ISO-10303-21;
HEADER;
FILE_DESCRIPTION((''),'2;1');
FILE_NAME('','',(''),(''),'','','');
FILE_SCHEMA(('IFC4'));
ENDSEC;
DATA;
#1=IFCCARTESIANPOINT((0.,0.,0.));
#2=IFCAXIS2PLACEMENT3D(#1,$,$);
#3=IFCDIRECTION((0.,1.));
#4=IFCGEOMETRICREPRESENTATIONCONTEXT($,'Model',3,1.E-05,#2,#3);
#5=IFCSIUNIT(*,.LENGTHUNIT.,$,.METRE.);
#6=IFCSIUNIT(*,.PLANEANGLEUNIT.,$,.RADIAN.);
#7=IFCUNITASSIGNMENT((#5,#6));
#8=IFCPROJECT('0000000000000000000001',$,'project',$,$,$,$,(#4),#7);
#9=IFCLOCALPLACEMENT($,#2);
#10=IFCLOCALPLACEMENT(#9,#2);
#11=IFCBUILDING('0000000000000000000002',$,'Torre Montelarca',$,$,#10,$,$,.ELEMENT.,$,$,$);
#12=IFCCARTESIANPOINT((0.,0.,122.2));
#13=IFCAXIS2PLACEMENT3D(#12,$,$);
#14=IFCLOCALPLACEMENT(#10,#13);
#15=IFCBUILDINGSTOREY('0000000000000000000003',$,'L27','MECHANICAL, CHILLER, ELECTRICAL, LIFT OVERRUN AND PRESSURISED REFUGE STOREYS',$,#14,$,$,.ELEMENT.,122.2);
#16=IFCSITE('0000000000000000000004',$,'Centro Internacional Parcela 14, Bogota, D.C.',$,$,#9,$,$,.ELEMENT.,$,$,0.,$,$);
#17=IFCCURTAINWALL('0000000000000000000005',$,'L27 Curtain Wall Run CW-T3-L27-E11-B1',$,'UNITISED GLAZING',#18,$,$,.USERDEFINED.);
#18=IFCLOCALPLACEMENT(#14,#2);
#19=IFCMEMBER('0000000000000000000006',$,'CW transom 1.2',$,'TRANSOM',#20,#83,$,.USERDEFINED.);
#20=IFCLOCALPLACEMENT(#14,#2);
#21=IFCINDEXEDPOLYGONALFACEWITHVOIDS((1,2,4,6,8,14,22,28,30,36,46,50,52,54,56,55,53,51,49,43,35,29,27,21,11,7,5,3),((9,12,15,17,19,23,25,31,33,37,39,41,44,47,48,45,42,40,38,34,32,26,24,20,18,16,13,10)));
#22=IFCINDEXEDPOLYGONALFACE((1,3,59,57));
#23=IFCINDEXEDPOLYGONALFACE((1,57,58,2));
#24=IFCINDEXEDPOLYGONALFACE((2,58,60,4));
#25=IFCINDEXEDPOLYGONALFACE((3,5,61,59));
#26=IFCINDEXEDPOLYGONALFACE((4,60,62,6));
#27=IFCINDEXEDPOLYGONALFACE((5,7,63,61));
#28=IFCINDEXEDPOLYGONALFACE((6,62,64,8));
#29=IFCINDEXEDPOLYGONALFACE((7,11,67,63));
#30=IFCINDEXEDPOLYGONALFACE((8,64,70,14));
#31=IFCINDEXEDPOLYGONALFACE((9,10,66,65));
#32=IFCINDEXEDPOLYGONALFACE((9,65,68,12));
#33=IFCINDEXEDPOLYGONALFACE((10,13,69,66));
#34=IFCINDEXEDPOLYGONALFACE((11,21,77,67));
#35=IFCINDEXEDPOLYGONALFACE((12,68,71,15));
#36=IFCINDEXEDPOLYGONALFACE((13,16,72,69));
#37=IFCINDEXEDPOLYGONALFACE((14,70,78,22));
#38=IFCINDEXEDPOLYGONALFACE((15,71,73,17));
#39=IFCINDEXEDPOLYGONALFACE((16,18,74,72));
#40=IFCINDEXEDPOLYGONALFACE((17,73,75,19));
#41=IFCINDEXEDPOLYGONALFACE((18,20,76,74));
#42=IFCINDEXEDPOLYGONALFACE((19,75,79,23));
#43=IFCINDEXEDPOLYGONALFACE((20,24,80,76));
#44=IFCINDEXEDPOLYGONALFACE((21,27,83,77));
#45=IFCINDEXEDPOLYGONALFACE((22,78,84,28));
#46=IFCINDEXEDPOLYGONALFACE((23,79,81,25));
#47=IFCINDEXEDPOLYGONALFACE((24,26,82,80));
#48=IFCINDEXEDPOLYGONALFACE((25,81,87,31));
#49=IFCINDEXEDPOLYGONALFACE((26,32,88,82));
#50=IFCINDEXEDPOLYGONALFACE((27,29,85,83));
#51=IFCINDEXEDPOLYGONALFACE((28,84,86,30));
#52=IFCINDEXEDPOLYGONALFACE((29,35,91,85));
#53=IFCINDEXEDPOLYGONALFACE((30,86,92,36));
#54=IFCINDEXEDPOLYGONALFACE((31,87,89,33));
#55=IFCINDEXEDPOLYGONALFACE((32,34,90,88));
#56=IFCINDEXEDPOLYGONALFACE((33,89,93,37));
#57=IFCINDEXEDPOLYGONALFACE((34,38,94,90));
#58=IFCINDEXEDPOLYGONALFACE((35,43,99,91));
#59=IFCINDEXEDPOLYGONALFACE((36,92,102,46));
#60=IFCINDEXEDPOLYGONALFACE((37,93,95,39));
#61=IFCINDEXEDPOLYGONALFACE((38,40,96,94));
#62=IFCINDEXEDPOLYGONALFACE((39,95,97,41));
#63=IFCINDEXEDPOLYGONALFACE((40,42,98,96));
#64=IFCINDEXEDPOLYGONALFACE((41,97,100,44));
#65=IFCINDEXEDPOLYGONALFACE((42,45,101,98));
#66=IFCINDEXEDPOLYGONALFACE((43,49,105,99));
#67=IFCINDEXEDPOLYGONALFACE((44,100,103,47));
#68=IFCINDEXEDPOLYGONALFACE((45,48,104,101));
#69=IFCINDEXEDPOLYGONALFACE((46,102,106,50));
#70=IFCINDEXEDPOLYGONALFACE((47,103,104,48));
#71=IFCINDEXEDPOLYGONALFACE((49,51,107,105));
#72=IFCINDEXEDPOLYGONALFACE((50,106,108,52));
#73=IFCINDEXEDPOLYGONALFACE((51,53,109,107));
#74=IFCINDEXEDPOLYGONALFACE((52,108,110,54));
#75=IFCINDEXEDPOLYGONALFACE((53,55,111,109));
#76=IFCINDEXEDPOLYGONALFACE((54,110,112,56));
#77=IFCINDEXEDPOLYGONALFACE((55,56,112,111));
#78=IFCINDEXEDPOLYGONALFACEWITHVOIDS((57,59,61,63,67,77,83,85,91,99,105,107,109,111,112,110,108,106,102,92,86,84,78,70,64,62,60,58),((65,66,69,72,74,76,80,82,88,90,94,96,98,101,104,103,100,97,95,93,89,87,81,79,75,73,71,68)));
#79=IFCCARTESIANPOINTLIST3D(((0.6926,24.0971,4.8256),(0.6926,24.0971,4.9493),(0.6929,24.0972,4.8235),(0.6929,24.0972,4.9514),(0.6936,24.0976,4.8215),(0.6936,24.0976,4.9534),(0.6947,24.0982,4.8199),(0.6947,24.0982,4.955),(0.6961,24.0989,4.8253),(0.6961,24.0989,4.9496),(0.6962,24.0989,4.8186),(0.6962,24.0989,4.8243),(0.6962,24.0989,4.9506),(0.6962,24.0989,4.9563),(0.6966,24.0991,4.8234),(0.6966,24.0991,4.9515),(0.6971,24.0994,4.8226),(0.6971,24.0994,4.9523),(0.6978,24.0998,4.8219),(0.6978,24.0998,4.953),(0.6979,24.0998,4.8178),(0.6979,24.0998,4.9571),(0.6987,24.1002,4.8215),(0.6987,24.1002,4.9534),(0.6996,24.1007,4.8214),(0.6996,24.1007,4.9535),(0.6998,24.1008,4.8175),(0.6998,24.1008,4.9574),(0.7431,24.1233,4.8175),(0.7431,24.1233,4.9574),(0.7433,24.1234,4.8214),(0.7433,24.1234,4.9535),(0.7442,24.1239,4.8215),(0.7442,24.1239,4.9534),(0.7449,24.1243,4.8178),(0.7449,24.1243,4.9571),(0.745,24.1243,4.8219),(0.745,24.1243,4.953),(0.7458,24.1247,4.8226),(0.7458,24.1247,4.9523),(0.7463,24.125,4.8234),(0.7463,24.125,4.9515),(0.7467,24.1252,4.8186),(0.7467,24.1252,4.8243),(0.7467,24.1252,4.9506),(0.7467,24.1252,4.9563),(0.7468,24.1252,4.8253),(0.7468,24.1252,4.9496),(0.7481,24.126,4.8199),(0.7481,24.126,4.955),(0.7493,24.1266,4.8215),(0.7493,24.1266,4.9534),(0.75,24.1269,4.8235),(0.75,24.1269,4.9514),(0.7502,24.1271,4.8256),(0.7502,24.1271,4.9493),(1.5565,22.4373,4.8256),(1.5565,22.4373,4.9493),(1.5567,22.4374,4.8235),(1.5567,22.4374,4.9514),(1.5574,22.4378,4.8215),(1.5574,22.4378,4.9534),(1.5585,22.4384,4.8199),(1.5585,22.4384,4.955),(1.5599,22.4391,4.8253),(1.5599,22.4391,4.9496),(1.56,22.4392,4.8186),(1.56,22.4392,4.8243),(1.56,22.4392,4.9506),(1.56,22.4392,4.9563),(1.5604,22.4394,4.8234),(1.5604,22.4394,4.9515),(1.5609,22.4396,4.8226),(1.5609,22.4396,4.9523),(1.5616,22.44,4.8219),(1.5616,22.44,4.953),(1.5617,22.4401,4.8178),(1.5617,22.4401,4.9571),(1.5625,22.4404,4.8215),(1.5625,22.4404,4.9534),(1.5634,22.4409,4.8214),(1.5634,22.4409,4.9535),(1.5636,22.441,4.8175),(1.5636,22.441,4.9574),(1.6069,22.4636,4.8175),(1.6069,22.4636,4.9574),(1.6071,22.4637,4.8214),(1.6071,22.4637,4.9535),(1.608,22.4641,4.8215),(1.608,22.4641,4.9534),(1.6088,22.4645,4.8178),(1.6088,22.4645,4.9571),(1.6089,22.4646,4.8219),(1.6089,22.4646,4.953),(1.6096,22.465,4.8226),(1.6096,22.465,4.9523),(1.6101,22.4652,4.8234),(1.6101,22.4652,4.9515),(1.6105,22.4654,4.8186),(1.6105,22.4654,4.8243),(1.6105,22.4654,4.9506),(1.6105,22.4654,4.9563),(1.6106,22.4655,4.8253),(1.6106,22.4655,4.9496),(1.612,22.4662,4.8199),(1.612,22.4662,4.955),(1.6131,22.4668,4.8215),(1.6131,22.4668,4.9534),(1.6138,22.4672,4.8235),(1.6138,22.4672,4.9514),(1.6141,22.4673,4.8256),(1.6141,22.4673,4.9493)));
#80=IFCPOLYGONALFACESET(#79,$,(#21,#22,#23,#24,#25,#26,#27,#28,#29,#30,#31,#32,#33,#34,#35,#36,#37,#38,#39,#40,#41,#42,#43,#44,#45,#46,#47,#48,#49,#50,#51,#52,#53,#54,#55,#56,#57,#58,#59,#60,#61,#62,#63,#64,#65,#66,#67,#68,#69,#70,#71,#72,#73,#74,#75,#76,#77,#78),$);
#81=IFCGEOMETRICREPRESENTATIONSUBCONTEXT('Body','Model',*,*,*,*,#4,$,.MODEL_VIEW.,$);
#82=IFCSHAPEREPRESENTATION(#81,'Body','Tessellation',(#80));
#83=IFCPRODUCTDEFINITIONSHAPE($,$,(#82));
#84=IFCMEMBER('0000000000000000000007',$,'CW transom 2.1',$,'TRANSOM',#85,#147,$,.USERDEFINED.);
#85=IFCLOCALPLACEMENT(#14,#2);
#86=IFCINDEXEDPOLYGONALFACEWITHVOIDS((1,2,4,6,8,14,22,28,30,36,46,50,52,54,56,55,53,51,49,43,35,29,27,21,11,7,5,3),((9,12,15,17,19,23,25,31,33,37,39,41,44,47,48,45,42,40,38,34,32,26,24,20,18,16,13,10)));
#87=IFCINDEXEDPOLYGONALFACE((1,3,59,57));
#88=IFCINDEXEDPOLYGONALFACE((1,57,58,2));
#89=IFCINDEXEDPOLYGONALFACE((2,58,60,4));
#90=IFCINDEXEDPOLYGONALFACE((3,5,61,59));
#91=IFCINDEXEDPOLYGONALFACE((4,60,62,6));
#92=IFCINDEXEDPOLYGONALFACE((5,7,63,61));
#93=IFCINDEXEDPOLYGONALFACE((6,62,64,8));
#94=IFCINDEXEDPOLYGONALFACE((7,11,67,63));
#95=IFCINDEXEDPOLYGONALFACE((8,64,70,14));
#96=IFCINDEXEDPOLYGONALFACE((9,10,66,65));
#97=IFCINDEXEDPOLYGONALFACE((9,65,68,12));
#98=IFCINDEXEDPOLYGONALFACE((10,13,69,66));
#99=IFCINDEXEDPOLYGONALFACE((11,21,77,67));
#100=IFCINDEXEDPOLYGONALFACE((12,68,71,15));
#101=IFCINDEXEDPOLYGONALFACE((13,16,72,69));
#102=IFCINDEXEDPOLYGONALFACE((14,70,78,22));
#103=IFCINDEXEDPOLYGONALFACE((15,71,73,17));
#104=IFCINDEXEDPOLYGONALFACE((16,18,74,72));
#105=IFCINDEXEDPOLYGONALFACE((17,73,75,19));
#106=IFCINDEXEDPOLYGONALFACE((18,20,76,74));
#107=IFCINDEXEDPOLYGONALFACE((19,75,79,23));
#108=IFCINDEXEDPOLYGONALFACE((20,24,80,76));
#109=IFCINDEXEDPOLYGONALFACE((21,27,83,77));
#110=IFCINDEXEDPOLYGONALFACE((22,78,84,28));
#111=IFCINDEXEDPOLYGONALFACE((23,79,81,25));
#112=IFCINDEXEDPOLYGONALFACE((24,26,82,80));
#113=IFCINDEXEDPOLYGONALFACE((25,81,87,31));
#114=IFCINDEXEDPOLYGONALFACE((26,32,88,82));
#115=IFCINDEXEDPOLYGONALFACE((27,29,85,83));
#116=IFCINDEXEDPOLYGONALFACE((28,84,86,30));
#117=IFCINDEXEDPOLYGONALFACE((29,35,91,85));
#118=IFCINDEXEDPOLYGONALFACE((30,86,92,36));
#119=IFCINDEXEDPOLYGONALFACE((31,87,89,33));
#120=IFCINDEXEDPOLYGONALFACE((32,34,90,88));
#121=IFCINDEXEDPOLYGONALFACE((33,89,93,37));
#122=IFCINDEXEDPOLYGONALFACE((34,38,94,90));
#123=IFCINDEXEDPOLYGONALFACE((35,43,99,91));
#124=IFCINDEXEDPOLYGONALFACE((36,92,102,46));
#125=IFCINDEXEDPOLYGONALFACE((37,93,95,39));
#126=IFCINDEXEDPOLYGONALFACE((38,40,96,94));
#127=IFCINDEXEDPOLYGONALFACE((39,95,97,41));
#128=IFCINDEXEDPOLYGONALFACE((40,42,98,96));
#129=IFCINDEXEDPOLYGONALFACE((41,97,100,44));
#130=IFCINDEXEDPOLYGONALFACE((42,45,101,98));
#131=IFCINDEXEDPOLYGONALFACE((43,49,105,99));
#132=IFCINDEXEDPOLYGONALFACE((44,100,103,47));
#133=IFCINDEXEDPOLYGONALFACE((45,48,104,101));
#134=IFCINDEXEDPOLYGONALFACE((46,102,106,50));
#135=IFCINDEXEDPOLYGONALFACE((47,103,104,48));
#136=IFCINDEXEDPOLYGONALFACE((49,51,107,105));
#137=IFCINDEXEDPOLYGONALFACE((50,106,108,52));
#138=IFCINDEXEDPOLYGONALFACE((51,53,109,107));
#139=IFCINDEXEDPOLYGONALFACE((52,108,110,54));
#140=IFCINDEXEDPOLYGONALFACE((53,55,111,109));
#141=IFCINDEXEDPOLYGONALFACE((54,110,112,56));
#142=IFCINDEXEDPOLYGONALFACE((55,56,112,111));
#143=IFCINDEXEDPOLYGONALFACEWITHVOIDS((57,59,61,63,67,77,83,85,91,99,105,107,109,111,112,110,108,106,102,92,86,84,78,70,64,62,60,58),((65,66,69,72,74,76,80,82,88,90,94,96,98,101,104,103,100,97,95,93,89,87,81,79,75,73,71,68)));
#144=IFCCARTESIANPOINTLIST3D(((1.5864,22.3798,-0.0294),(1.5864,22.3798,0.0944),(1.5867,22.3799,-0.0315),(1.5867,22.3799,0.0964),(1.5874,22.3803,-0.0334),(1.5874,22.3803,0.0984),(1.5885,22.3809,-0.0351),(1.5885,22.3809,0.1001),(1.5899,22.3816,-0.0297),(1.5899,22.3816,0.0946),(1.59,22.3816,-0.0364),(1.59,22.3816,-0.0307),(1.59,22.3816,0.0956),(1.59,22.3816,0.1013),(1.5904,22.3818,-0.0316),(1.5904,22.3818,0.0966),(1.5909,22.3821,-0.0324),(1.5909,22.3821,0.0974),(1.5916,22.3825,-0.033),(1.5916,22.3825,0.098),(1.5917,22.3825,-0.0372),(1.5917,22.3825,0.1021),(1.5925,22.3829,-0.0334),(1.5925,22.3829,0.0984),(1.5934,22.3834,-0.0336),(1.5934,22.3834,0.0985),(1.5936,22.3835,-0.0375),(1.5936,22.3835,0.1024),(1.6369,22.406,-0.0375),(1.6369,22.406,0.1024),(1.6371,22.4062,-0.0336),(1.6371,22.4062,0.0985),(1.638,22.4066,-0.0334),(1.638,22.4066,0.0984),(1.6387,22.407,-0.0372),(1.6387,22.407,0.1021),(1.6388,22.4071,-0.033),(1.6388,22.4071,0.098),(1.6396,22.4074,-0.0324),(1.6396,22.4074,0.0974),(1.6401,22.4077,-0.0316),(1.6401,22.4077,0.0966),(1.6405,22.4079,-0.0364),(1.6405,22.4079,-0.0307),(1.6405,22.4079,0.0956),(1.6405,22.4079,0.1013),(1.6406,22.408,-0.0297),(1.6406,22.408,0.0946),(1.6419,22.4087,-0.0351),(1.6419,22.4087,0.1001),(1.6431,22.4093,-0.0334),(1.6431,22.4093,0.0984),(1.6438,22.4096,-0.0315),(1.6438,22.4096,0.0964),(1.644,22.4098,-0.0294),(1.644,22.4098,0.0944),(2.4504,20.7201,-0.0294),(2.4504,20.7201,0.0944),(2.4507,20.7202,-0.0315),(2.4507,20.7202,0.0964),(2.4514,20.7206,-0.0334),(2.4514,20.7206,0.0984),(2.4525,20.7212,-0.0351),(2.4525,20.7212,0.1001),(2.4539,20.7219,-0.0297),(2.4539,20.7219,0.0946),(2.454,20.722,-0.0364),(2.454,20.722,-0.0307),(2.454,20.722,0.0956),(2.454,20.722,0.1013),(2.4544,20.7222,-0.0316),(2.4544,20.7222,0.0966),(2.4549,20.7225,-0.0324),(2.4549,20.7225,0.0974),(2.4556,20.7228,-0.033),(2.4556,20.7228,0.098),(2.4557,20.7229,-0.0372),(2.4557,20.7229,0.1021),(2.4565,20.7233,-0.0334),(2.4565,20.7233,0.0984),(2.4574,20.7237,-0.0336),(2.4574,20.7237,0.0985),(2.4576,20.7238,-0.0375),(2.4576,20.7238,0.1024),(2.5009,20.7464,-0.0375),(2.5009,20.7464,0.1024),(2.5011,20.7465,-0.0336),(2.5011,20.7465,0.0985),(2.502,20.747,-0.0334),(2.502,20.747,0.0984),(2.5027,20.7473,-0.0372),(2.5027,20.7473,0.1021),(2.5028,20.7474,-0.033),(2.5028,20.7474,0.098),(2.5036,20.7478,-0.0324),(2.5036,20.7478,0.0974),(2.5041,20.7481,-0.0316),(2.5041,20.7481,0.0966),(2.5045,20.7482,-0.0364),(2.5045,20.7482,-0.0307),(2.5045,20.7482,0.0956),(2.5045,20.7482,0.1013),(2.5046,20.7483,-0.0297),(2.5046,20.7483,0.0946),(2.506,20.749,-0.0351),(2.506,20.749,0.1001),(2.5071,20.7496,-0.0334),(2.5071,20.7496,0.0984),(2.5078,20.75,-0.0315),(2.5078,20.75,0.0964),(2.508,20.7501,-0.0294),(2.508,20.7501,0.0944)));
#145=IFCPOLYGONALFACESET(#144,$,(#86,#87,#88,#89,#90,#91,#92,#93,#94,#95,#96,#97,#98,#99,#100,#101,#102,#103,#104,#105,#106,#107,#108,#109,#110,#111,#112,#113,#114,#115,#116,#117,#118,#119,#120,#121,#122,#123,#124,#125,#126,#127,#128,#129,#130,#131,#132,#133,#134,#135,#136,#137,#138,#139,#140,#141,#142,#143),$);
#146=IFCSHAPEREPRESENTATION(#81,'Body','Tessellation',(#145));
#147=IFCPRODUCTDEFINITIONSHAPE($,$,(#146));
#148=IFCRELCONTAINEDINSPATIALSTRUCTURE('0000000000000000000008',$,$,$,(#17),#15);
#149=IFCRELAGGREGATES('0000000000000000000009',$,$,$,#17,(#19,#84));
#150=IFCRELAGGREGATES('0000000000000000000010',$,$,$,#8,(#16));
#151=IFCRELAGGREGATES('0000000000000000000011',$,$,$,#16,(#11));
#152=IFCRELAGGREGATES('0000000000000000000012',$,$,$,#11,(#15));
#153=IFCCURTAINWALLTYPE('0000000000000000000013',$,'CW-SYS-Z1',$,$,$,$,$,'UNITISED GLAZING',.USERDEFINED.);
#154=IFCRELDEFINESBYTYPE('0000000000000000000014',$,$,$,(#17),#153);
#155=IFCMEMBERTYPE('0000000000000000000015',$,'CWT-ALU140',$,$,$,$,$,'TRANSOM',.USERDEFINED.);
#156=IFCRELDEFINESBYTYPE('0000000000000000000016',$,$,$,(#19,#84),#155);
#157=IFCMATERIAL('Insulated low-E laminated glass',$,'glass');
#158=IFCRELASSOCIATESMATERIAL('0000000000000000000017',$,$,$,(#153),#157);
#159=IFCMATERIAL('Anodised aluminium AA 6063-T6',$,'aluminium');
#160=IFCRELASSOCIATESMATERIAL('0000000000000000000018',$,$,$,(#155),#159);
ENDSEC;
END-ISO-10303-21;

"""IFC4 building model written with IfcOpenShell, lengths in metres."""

from ifc_helpers import new_model, si_unit, direction, frame, origin, origin_2d, place, context, subcontext, project, spatial, hollow_rectangle, extrude, source, transform, mapped, material, material_profile, profile_set, type_object, element, aggregate, save


model = new_model("IFC4")

# Units and contexts
model_context = context("Model", 3, precision=1e-05, world=origin(), true_north=direction((0.0, 1.0)))
body_context = subcontext(model_context, "Body", "Model", "MODEL_VIEW")
ifc_project = project(units=[si_unit("LENGTHUNIT", "METRE"), si_unit("PLANEANGLEUNIT", "RADIAN")], contexts=[model_context])

# Site, building, storey
site_placement = place(None, origin())
site = spatial("IfcSite", under=ifc_project, at=site_placement, Name="Centro Internacional Parcela 14, Bogota, D.C.", CompositionType="ELEMENT", RefElevation=0.0)
building_placement = place(site_placement, origin())
building = spatial("IfcBuilding", under=site, at=building_placement, Name="Torre Montelarca", CompositionType="ELEMENT")
storey_placement = place(building_placement, frame((0.0, 0.0, 122.2)))
storey = spatial("IfcBuildingStorey", under=building, at=storey_placement, Name="L27", Description="MECHANICAL, CHILLER, ELECTRICAL, LIFT OVERRUN AND PRESSURISED REFUGE STOREYS", CompositionType="ELEMENT", Elevation=122.2)

# Curtain wall, members
ifc_material_1 = material(Name="Insulated low-E laminated glass", Category="glass")
curtain_wall_type = type_object("IfcCurtainWallType", Name="CW-SYS-Z1", ElementType="UNITISED GLAZING", PredefinedType="USERDEFINED", material=ifc_material_1)
curtain_wall_placement = place(storey_placement, origin())
curtain_wall = element("IfcCurtainWall", 1, at=curtain_wall_placement, inside=storey, type_object=curtain_wall_type, Name="L27 Curtain Wall Run CW-T3-L27-E11-B1", ObjectType="UNITISED GLAZING", PredefinedType="USERDEFINED")
ifc_material_2 = material(Name="Anodised aluminium AA 6063-T6", Category="aluminium")
ifc_material_profile_1 = material_profile(ifc_material_2, hollow_rectangle(XDim=0.0649, YDim=0.1399, WallThickness=0.0039, InnerFilletRadius=0.0039, OuterFilletRadius=0.0081, at=origin_2d()), Name="ALU65X140X4", Category="aluminium")
ifc_profile_set_1 = profile_set([ifc_material_profile_1], Name="Anodised aluminium AA 6063-T6")
member_type_1 = type_object("IfcMemberType", Name="CWT-ALU140", ElementType="TRANSOM", PredefinedType="USERDEFINED", material=ifc_profile_set_1)
shared_shape_1 = source(origin(), body_context, "Body", "SweptSolid", [
    extrude(hollow_rectangle(XDim=0.0649, YDim=0.1399, WallThickness=0.0039, InnerFilletRadius=0.0039, OuterFilletRadius=0.0081, at=origin_2d()), origin(), (0.0, 0.0, 1.0), 1.8711),
])
member_1_placement = place(storey_placement, frame((0.7214, 24.1121, 4.8875), z_axis=(0.461665, -0.887054, 0.0), x_axis=(0.887054, 0.461665, 0.0)))
member_1 = element("IfcMember", 2, at=member_1_placement, type_object=member_type_1, Name="CW transom 1.2", ObjectType="TRANSOM", PredefinedType="USERDEFINED", context=body_context, shape_type="MappedRepresentation", body=[
    mapped(shared_shape_1, transform((0.0, 0.0, 0.0), scale=1.0)),
])
member_2_placement = place(storey_placement, frame((1.6152, 22.3948, 0.0325), z_axis=(0.461768, -0.887001, 0.0), x_axis=(0.887001, 0.461768, 0.0)))
member_2 = element("IfcMember", 3, at=member_2_placement, type_object=member_type_1, Name="CW transom 2.1", ObjectType="TRANSOM", PredefinedType="USERDEFINED", context=body_context, shape_type="MappedRepresentation", body=[
    mapped(shared_shape_1, transform((0.0, 0.0, 0.0), scale=1.0)),
])
aggregate(curtain_wall, [member_1, member_2])

save(model, "model.ifc")
